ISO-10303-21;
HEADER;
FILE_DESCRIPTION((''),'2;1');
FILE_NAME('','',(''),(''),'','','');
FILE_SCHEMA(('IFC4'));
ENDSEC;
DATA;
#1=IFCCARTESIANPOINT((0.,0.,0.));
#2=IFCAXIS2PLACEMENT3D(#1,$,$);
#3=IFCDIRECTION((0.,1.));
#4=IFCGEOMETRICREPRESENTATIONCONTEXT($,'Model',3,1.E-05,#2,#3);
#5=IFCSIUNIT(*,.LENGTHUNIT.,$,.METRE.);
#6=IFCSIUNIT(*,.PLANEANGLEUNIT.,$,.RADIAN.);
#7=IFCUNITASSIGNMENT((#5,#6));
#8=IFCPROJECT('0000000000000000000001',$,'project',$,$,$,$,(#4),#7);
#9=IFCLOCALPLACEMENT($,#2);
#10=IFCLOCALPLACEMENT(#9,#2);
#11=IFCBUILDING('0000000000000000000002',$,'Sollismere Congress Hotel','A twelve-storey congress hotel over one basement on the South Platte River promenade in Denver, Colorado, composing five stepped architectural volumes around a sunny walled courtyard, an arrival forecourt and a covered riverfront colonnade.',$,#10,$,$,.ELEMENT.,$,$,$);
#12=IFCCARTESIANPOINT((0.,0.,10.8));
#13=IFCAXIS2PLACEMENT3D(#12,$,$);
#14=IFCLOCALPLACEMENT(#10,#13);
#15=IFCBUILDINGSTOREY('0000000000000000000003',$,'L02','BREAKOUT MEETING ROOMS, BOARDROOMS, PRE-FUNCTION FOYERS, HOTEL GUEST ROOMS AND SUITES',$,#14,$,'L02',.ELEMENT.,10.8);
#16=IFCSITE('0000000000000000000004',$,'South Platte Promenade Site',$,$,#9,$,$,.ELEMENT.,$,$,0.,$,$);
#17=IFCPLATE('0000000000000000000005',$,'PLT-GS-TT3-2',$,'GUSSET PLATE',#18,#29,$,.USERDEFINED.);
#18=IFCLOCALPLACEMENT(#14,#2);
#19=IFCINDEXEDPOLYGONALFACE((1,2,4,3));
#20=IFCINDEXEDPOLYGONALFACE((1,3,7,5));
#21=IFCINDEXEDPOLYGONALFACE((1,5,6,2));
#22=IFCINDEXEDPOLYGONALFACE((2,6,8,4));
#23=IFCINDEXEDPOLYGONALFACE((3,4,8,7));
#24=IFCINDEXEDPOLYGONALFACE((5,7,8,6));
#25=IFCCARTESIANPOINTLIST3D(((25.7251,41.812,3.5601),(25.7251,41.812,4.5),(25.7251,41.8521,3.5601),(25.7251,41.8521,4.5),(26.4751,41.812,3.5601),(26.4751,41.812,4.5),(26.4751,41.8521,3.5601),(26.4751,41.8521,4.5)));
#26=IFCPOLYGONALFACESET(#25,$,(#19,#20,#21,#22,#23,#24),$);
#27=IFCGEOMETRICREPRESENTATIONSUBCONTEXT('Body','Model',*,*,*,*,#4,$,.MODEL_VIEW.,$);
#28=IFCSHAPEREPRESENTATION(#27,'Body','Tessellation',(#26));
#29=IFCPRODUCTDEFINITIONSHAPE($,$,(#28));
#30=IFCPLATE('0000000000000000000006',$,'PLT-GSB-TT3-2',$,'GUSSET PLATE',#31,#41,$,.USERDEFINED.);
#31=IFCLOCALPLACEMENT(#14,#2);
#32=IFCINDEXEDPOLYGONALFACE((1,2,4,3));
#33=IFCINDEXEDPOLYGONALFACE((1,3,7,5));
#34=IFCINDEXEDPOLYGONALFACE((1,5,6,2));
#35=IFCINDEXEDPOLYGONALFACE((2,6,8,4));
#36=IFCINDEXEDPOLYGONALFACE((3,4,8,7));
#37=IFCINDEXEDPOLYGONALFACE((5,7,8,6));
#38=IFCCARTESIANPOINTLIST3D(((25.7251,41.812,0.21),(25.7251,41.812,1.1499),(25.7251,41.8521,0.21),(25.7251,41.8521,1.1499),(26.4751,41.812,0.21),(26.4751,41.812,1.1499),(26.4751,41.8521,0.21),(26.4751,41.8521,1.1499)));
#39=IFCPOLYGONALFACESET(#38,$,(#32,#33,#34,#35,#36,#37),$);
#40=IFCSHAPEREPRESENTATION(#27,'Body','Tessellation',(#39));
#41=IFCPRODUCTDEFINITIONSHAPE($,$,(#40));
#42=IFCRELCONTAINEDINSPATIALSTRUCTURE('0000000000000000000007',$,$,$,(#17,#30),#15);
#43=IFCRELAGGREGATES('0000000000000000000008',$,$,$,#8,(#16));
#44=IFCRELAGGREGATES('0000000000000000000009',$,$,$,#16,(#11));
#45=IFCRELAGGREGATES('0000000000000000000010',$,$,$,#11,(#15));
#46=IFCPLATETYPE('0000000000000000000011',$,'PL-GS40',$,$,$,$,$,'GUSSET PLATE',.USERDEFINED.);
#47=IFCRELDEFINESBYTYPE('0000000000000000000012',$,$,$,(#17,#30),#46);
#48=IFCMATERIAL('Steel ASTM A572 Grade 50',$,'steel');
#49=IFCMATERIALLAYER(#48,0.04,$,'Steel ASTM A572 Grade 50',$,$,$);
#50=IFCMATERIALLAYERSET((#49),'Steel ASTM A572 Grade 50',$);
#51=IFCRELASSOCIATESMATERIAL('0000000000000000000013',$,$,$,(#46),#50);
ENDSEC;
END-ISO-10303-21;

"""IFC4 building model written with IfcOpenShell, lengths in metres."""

from ifc_helpers import new_model, si_unit, direction, frame, origin, origin_2d, place, context, subcontext, project, spatial, rectangle, extrude, material, layer, layer_set, type_object, element, save


model = new_model("IFC4")

# Units and contexts
model_context = context("Model", 3, precision=1e-05, world=origin(), true_north=direction((0.0, 1.0)))
body_context = subcontext(model_context, "Body", "Model", "MODEL_VIEW")
ifc_project = project(units=[si_unit("LENGTHUNIT", "METRE"), si_unit("PLANEANGLEUNIT", "RADIAN")], contexts=[model_context])

# Site, building, storey
site_placement = place(None, origin())
site = spatial("IfcSite", under=ifc_project, at=site_placement, Name="South Platte Promenade Site", CompositionType="ELEMENT", RefElevation=0.0)
building_placement = place(site_placement, origin())
building = spatial("IfcBuilding", under=site, at=building_placement, Name="Sollismere Congress Hotel", Description="A twelve-storey congress hotel over one basement on the South Platte River promenade in Denver, Colorado, composing five stepped architectural volumes around a sunny walled courtyard, an arrival forecourt and a covered riverfront colonnade.", CompositionType="ELEMENT")
storey_placement = place(building_placement, frame((0.0, 0.0, 10.8)))
storey = spatial("IfcBuildingStorey", under=building, at=storey_placement, Name="L02", Description="BREAKOUT MEETING ROOMS, BOARDROOMS, PRE-FUNCTION FOYERS, HOTEL GUEST ROOMS AND SUITES", LongName="L02", CompositionType="ELEMENT", Elevation=10.8)

# Plates
ifc_material_1 = material(Name="Steel ASTM A572 Grade 50", Category="steel")
ifc_layer = layer(ifc_material_1, 0.04, Name="Steel ASTM A572 Grade 50")
ifc_layer_set = layer_set([ifc_layer], Name="Steel ASTM A572 Grade 50")
plate_type = type_object("IfcPlateType", Name="PL-GS40", ElementType="GUSSET PLATE", PredefinedType="USERDEFINED", material=ifc_layer_set)
for number, where, z_axis, x_axis, name in (
    (1, (26.1001, 41.832, 3.5601), (0.0, 0.0, 1.0), (1.0, 0.0, 0.0), "PLT-GS-TT3-2"),
    (2, (26.1001, 41.832, 0.21), (0.0, 0.0, 1.0), (1.0, 0.0, 0.0), "PLT-GSB-TT3-2"),
):
    element("IfcPlate", number, at=place(storey_placement, frame(where, z_axis=z_axis, x_axis=x_axis)), inside=storey, type_object=plate_type, Name=name, ObjectType="GUSSET PLATE", PredefinedType="USERDEFINED", context=body_context, shape_type="SweptSolid", body=[
        extrude(rectangle(XDim=0.75, YDim=0.04, at=origin_2d()), origin(), (0.0, 0.0, 1.0), 0.9399),
    ])

save(model, "model.ifc")
